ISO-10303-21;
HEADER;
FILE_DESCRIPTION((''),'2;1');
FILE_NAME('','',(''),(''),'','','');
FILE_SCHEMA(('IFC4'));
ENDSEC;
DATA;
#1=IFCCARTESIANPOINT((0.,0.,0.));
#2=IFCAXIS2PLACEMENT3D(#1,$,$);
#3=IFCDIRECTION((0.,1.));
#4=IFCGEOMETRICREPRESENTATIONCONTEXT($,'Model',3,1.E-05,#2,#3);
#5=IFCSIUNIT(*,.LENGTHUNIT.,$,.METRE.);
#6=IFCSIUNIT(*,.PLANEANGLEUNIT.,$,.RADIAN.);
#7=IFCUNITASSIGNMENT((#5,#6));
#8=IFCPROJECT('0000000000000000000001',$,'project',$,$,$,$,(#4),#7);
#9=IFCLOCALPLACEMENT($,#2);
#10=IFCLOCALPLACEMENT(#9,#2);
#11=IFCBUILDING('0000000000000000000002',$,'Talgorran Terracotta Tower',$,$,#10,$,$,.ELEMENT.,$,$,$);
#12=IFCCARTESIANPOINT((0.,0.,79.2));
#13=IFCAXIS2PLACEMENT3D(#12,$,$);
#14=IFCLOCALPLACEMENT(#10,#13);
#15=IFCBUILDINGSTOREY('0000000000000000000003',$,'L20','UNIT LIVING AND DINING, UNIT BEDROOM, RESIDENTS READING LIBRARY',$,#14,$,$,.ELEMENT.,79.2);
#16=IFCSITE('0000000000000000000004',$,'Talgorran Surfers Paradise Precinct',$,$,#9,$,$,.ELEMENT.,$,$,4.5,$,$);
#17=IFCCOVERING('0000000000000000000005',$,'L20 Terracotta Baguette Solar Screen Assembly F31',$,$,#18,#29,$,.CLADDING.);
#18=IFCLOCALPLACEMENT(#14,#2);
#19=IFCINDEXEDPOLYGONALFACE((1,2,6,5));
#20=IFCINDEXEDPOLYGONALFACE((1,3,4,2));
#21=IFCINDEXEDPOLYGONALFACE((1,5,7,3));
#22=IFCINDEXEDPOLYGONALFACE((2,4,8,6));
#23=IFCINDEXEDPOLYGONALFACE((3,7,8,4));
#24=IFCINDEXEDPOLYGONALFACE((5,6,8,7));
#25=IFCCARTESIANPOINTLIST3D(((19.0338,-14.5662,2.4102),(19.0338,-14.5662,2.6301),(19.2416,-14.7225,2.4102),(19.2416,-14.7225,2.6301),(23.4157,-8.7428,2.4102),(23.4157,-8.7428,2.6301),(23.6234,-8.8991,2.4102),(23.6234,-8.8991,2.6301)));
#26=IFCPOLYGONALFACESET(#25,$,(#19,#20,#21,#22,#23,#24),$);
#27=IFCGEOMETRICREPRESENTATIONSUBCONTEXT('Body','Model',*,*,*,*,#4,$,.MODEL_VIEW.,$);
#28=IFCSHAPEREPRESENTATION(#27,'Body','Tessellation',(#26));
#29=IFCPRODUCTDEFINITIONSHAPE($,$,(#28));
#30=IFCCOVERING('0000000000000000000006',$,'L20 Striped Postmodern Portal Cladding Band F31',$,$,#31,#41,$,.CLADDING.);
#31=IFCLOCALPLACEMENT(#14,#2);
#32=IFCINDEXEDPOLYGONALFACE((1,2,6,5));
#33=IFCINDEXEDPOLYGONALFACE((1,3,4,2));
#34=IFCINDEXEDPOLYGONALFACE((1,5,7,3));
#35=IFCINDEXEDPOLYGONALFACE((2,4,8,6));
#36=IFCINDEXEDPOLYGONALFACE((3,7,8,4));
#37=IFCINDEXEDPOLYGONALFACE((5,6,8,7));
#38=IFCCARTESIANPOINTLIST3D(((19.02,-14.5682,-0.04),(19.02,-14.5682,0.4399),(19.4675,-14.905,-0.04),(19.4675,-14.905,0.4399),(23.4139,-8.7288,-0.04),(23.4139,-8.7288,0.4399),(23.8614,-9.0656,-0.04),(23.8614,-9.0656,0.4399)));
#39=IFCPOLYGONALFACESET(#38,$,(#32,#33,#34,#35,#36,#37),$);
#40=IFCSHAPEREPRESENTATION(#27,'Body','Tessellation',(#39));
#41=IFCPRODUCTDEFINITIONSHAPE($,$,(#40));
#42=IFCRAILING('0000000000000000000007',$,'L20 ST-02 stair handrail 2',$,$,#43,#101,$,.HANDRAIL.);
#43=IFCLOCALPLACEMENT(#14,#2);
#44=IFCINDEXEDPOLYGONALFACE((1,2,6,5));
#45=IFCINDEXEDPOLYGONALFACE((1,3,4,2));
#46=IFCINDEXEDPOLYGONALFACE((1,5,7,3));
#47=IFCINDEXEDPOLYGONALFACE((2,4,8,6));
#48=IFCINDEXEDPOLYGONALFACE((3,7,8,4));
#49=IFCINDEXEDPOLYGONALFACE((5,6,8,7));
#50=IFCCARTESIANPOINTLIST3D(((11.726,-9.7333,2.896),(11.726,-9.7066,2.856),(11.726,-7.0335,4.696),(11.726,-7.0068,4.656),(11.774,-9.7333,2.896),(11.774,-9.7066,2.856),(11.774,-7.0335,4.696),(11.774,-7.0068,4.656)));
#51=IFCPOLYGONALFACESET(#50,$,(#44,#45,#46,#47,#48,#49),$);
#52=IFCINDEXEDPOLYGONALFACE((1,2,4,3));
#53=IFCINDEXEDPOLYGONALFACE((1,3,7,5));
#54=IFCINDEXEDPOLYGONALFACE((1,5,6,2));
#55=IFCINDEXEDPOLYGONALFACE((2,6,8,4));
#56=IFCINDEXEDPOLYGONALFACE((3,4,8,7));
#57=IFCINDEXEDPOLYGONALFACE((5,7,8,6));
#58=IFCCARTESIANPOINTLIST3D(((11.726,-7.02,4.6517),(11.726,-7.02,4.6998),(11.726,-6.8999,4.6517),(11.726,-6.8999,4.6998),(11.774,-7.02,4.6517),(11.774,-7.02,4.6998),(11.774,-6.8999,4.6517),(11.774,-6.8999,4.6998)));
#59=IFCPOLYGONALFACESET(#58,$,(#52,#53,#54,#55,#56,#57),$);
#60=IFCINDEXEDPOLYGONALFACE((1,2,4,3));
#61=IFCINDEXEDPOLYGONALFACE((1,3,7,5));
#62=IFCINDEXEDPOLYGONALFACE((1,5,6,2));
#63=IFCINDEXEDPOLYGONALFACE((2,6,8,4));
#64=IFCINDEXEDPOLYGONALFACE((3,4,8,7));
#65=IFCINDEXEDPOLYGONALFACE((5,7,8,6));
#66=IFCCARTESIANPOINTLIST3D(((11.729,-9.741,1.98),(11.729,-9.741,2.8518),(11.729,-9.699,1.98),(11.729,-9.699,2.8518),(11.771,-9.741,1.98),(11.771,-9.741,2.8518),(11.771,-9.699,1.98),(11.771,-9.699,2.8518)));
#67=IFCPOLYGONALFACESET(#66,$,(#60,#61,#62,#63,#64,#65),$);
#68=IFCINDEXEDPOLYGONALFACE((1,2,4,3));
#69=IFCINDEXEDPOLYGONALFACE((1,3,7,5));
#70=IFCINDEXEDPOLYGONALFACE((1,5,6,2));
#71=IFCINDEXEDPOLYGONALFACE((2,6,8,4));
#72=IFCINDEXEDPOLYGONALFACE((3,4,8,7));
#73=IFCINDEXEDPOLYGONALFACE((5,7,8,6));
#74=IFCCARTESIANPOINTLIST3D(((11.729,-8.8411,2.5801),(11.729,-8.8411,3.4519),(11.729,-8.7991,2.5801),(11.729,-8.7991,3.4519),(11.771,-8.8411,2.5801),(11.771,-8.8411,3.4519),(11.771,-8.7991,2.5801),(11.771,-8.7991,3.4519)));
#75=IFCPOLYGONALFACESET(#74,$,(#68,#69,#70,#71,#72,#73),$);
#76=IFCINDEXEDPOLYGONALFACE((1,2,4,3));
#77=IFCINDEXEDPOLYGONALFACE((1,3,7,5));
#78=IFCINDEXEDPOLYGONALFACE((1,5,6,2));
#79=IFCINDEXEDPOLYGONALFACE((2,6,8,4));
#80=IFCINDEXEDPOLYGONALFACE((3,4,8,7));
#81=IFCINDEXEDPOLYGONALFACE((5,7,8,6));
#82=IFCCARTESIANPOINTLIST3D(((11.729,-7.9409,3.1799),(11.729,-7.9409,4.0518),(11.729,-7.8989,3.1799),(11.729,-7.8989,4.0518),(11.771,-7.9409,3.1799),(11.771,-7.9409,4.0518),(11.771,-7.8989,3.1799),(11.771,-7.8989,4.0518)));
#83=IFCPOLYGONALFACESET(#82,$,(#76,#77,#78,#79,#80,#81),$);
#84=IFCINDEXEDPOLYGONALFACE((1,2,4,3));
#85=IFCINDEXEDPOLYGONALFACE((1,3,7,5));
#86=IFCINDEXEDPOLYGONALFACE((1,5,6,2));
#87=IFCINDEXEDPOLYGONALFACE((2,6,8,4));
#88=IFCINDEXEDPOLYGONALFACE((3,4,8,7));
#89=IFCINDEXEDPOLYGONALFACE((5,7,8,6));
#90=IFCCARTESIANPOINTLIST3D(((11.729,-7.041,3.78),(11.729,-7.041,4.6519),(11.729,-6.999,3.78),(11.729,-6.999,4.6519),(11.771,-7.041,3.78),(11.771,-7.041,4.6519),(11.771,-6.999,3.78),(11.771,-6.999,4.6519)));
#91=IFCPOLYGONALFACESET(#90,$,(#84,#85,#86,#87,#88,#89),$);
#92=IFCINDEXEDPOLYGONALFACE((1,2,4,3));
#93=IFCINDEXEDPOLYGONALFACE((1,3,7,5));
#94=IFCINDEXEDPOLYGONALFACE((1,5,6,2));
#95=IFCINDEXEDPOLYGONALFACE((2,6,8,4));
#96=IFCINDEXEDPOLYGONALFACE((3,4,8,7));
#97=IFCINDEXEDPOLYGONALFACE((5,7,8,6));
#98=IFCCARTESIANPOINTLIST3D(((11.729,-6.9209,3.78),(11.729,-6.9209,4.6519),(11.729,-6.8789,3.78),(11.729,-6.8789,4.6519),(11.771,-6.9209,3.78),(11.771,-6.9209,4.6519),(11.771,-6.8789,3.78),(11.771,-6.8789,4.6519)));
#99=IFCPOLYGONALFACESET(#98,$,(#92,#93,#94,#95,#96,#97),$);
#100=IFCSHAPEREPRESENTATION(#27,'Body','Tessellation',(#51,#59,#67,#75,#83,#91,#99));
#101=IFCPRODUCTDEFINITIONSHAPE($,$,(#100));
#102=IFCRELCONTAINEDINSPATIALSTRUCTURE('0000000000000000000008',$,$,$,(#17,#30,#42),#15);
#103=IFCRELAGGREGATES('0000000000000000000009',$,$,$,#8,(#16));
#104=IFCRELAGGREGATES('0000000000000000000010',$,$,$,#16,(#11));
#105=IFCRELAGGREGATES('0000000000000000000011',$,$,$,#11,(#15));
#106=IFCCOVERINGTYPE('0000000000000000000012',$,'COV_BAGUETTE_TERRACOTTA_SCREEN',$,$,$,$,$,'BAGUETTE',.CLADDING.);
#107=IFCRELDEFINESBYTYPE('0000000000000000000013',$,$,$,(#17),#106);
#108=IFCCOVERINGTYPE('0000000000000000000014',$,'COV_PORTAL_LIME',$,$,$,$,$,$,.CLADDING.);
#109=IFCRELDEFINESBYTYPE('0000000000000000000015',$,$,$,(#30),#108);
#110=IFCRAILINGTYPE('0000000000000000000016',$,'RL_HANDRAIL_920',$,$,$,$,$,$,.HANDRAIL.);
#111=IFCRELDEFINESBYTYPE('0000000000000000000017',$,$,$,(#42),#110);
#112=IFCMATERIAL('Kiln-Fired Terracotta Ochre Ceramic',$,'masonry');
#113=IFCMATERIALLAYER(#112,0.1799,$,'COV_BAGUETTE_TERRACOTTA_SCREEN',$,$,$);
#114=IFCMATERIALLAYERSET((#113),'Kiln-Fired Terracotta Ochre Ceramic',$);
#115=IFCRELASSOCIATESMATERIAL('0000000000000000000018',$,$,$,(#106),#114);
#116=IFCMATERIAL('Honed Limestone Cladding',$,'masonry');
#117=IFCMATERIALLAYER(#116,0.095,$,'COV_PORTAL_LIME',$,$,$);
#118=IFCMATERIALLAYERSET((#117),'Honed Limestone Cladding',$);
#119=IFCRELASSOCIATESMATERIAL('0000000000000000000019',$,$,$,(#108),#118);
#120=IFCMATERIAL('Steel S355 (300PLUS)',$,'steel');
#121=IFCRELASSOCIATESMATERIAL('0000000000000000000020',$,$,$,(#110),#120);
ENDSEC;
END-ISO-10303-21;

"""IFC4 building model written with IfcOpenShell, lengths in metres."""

from ifc_helpers import new_model, si_unit, direction, frame, origin, origin_2d, place, context, subcontext, project, spatial, rectangle, extrude, material, layer, layer_set, type_object, element, save


model = new_model("IFC4")

# Units and contexts
model_context = context("Model", 3, precision=1e-05, world=origin(), true_north=direction((0.0, 1.0)))
body_context = subcontext(model_context, "Body", "Model", "MODEL_VIEW")
ifc_project = project(units=[si_unit("LENGTHUNIT", "METRE"), si_unit("PLANEANGLEUNIT", "RADIAN")], contexts=[model_context])

# Site, building, storey
site_placement = place(None, origin())
site = spatial("IfcSite", under=ifc_project, at=site_placement, Name="Talgorran Surfers Paradise Precinct", CompositionType="ELEMENT", RefElevation=4.5)
building_placement = place(site_placement, origin())
building = spatial("IfcBuilding", under=site, at=building_placement, Name="Talgorran Terracotta Tower", CompositionType="ELEMENT")
storey_placement = place(building_placement, frame((0.0, 0.0, 79.2)))
storey = spatial("IfcBuildingStorey", under=building, at=storey_placement, Name="L20", Description="UNIT LIVING AND DINING, UNIT BEDROOM, RESIDENTS READING LIBRARY", CompositionType="ELEMENT", Elevation=79.2)

# Shared definitions
ifc_material_1 = material(Name="Steel S355 (300PLUS)", Category="steel")

# Coverings
ifc_material_2 = material(Name="Kiln-Fired Terracotta Ochre Ceramic", Category="masonry")
ifc_layer_1 = layer(ifc_material_2, 0.1799, Name="COV_BAGUETTE_TERRACOTTA_SCREEN")
ifc_layer_set_1 = layer_set([ifc_layer_1], Name="Kiln-Fired Terracotta Ochre Ceramic")
covering_type_1 = type_object("IfcCoveringType", Name="COV_BAGUETTE_TERRACOTTA_SCREEN", ElementType="BAGUETTE", PredefinedType="CLADDING", material=ifc_layer_set_1)
covering_1_placement = place(storey_placement, frame((21.3286, -11.7327, 2.4102), z_axis=(0.0, 0.0, 1.0), x_axis=(0.601257, 0.799055, 0.0)))
element("IfcCovering", 1, at=covering_1_placement, inside=storey, type_object=covering_type_1, Name="L20 Terracotta Baguette Solar Screen Assembly F31", PredefinedType="CLADDING", context=body_context, shape_type="SweptSolid", body=[
    extrude(rectangle(XDim=7.2878, YDim=0.26, at=origin_2d()), origin(), (0.0, 0.0, 1.0), 0.22),
])
ifc_material_3 = material(Name="Honed Limestone Cladding", Category="masonry")
ifc_layer_2 = layer(ifc_material_3, 0.095, Name="COV_PORTAL_LIME")
ifc_layer_set_2 = layer_set([ifc_layer_2], Name="Honed Limestone Cladding")
covering_type_2 = type_object("IfcCoveringType", Name="COV_PORTAL_LIME", PredefinedType="CLADDING", material=ifc_layer_set_2)
covering_2_placement = place(storey_placement, frame((21.4407, -11.8169, -0.04), z_axis=(0.0, 0.0, 1.0), x_axis=(0.601257, 0.799055, 0.0)))
element("IfcCovering", 2, at=covering_2_placement, inside=storey, type_object=covering_type_2, Name="L20 Striped Postmodern Portal Cladding Band F31", PredefinedType="CLADDING", context=body_context, shape_type="SweptSolid", body=[
    extrude(rectangle(XDim=7.3079, YDim=0.5601, at=origin_2d()), origin(), (0.0, 0.0, 1.0), 0.48),
])

# Railing
railing_type = type_object("IfcRailingType", Name="RL_HANDRAIL_920", PredefinedType="HANDRAIL", material=ifc_material_1)
railing_placement = place(storey_placement, frame((11.75, -9.72, 1.98)))
element("IfcRailing", 3, at=railing_placement, inside=storey, type_object=railing_type, Name="L20 ST-02 stair handrail 2", PredefinedType="HANDRAIL", context=body_context, shape_type="SweptSolid", body=[
    extrude(rectangle(XDim=0.0481, YDim=0.0481, at=origin_2d()), frame((0.0, 0.0, 0.896), z_axis=(0.0, 0.832039, 0.554718), x_axis=(-1.0, 0.0, 0.0)), (0.0, 0.0, 1.0), 3.2449),
    extrude(rectangle(XDim=0.0481, YDim=0.0481, at=origin_2d()), frame((0.0, 2.7, 2.6958), z_axis=(0.0, 1.0, 0.0), x_axis=(-1.0, 0.0, 0.0)), (0.0, 0.0, 1.0), 0.1201),
    extrude(rectangle(XDim=0.042, YDim=0.042, at=origin_2d()), origin(), (0.0, 0.0, 1.0), 0.8718),
    extrude(rectangle(XDim=0.042, YDim=0.042, at=origin_2d()), frame((0.0, 0.8999, 0.6001)), (0.0, 0.0, 1.0), 0.8718),
    extrude(rectangle(XDim=0.042, YDim=0.042, at=origin_2d()), frame((0.0, 1.8, 1.2)), (0.0, 0.0, 1.0), 0.8718),
    extrude(rectangle(XDim=0.042, YDim=0.042, at=origin_2d()), frame((0.0, 2.7, 1.8)), (0.0, 0.0, 1.0), 0.8718),
    extrude(rectangle(XDim=0.042, YDim=0.042, at=origin_2d()), frame((0.0, 2.8201, 1.8)), (0.0, 0.0, 1.0), 0.8718),
])

save(model, "model.ifc")
